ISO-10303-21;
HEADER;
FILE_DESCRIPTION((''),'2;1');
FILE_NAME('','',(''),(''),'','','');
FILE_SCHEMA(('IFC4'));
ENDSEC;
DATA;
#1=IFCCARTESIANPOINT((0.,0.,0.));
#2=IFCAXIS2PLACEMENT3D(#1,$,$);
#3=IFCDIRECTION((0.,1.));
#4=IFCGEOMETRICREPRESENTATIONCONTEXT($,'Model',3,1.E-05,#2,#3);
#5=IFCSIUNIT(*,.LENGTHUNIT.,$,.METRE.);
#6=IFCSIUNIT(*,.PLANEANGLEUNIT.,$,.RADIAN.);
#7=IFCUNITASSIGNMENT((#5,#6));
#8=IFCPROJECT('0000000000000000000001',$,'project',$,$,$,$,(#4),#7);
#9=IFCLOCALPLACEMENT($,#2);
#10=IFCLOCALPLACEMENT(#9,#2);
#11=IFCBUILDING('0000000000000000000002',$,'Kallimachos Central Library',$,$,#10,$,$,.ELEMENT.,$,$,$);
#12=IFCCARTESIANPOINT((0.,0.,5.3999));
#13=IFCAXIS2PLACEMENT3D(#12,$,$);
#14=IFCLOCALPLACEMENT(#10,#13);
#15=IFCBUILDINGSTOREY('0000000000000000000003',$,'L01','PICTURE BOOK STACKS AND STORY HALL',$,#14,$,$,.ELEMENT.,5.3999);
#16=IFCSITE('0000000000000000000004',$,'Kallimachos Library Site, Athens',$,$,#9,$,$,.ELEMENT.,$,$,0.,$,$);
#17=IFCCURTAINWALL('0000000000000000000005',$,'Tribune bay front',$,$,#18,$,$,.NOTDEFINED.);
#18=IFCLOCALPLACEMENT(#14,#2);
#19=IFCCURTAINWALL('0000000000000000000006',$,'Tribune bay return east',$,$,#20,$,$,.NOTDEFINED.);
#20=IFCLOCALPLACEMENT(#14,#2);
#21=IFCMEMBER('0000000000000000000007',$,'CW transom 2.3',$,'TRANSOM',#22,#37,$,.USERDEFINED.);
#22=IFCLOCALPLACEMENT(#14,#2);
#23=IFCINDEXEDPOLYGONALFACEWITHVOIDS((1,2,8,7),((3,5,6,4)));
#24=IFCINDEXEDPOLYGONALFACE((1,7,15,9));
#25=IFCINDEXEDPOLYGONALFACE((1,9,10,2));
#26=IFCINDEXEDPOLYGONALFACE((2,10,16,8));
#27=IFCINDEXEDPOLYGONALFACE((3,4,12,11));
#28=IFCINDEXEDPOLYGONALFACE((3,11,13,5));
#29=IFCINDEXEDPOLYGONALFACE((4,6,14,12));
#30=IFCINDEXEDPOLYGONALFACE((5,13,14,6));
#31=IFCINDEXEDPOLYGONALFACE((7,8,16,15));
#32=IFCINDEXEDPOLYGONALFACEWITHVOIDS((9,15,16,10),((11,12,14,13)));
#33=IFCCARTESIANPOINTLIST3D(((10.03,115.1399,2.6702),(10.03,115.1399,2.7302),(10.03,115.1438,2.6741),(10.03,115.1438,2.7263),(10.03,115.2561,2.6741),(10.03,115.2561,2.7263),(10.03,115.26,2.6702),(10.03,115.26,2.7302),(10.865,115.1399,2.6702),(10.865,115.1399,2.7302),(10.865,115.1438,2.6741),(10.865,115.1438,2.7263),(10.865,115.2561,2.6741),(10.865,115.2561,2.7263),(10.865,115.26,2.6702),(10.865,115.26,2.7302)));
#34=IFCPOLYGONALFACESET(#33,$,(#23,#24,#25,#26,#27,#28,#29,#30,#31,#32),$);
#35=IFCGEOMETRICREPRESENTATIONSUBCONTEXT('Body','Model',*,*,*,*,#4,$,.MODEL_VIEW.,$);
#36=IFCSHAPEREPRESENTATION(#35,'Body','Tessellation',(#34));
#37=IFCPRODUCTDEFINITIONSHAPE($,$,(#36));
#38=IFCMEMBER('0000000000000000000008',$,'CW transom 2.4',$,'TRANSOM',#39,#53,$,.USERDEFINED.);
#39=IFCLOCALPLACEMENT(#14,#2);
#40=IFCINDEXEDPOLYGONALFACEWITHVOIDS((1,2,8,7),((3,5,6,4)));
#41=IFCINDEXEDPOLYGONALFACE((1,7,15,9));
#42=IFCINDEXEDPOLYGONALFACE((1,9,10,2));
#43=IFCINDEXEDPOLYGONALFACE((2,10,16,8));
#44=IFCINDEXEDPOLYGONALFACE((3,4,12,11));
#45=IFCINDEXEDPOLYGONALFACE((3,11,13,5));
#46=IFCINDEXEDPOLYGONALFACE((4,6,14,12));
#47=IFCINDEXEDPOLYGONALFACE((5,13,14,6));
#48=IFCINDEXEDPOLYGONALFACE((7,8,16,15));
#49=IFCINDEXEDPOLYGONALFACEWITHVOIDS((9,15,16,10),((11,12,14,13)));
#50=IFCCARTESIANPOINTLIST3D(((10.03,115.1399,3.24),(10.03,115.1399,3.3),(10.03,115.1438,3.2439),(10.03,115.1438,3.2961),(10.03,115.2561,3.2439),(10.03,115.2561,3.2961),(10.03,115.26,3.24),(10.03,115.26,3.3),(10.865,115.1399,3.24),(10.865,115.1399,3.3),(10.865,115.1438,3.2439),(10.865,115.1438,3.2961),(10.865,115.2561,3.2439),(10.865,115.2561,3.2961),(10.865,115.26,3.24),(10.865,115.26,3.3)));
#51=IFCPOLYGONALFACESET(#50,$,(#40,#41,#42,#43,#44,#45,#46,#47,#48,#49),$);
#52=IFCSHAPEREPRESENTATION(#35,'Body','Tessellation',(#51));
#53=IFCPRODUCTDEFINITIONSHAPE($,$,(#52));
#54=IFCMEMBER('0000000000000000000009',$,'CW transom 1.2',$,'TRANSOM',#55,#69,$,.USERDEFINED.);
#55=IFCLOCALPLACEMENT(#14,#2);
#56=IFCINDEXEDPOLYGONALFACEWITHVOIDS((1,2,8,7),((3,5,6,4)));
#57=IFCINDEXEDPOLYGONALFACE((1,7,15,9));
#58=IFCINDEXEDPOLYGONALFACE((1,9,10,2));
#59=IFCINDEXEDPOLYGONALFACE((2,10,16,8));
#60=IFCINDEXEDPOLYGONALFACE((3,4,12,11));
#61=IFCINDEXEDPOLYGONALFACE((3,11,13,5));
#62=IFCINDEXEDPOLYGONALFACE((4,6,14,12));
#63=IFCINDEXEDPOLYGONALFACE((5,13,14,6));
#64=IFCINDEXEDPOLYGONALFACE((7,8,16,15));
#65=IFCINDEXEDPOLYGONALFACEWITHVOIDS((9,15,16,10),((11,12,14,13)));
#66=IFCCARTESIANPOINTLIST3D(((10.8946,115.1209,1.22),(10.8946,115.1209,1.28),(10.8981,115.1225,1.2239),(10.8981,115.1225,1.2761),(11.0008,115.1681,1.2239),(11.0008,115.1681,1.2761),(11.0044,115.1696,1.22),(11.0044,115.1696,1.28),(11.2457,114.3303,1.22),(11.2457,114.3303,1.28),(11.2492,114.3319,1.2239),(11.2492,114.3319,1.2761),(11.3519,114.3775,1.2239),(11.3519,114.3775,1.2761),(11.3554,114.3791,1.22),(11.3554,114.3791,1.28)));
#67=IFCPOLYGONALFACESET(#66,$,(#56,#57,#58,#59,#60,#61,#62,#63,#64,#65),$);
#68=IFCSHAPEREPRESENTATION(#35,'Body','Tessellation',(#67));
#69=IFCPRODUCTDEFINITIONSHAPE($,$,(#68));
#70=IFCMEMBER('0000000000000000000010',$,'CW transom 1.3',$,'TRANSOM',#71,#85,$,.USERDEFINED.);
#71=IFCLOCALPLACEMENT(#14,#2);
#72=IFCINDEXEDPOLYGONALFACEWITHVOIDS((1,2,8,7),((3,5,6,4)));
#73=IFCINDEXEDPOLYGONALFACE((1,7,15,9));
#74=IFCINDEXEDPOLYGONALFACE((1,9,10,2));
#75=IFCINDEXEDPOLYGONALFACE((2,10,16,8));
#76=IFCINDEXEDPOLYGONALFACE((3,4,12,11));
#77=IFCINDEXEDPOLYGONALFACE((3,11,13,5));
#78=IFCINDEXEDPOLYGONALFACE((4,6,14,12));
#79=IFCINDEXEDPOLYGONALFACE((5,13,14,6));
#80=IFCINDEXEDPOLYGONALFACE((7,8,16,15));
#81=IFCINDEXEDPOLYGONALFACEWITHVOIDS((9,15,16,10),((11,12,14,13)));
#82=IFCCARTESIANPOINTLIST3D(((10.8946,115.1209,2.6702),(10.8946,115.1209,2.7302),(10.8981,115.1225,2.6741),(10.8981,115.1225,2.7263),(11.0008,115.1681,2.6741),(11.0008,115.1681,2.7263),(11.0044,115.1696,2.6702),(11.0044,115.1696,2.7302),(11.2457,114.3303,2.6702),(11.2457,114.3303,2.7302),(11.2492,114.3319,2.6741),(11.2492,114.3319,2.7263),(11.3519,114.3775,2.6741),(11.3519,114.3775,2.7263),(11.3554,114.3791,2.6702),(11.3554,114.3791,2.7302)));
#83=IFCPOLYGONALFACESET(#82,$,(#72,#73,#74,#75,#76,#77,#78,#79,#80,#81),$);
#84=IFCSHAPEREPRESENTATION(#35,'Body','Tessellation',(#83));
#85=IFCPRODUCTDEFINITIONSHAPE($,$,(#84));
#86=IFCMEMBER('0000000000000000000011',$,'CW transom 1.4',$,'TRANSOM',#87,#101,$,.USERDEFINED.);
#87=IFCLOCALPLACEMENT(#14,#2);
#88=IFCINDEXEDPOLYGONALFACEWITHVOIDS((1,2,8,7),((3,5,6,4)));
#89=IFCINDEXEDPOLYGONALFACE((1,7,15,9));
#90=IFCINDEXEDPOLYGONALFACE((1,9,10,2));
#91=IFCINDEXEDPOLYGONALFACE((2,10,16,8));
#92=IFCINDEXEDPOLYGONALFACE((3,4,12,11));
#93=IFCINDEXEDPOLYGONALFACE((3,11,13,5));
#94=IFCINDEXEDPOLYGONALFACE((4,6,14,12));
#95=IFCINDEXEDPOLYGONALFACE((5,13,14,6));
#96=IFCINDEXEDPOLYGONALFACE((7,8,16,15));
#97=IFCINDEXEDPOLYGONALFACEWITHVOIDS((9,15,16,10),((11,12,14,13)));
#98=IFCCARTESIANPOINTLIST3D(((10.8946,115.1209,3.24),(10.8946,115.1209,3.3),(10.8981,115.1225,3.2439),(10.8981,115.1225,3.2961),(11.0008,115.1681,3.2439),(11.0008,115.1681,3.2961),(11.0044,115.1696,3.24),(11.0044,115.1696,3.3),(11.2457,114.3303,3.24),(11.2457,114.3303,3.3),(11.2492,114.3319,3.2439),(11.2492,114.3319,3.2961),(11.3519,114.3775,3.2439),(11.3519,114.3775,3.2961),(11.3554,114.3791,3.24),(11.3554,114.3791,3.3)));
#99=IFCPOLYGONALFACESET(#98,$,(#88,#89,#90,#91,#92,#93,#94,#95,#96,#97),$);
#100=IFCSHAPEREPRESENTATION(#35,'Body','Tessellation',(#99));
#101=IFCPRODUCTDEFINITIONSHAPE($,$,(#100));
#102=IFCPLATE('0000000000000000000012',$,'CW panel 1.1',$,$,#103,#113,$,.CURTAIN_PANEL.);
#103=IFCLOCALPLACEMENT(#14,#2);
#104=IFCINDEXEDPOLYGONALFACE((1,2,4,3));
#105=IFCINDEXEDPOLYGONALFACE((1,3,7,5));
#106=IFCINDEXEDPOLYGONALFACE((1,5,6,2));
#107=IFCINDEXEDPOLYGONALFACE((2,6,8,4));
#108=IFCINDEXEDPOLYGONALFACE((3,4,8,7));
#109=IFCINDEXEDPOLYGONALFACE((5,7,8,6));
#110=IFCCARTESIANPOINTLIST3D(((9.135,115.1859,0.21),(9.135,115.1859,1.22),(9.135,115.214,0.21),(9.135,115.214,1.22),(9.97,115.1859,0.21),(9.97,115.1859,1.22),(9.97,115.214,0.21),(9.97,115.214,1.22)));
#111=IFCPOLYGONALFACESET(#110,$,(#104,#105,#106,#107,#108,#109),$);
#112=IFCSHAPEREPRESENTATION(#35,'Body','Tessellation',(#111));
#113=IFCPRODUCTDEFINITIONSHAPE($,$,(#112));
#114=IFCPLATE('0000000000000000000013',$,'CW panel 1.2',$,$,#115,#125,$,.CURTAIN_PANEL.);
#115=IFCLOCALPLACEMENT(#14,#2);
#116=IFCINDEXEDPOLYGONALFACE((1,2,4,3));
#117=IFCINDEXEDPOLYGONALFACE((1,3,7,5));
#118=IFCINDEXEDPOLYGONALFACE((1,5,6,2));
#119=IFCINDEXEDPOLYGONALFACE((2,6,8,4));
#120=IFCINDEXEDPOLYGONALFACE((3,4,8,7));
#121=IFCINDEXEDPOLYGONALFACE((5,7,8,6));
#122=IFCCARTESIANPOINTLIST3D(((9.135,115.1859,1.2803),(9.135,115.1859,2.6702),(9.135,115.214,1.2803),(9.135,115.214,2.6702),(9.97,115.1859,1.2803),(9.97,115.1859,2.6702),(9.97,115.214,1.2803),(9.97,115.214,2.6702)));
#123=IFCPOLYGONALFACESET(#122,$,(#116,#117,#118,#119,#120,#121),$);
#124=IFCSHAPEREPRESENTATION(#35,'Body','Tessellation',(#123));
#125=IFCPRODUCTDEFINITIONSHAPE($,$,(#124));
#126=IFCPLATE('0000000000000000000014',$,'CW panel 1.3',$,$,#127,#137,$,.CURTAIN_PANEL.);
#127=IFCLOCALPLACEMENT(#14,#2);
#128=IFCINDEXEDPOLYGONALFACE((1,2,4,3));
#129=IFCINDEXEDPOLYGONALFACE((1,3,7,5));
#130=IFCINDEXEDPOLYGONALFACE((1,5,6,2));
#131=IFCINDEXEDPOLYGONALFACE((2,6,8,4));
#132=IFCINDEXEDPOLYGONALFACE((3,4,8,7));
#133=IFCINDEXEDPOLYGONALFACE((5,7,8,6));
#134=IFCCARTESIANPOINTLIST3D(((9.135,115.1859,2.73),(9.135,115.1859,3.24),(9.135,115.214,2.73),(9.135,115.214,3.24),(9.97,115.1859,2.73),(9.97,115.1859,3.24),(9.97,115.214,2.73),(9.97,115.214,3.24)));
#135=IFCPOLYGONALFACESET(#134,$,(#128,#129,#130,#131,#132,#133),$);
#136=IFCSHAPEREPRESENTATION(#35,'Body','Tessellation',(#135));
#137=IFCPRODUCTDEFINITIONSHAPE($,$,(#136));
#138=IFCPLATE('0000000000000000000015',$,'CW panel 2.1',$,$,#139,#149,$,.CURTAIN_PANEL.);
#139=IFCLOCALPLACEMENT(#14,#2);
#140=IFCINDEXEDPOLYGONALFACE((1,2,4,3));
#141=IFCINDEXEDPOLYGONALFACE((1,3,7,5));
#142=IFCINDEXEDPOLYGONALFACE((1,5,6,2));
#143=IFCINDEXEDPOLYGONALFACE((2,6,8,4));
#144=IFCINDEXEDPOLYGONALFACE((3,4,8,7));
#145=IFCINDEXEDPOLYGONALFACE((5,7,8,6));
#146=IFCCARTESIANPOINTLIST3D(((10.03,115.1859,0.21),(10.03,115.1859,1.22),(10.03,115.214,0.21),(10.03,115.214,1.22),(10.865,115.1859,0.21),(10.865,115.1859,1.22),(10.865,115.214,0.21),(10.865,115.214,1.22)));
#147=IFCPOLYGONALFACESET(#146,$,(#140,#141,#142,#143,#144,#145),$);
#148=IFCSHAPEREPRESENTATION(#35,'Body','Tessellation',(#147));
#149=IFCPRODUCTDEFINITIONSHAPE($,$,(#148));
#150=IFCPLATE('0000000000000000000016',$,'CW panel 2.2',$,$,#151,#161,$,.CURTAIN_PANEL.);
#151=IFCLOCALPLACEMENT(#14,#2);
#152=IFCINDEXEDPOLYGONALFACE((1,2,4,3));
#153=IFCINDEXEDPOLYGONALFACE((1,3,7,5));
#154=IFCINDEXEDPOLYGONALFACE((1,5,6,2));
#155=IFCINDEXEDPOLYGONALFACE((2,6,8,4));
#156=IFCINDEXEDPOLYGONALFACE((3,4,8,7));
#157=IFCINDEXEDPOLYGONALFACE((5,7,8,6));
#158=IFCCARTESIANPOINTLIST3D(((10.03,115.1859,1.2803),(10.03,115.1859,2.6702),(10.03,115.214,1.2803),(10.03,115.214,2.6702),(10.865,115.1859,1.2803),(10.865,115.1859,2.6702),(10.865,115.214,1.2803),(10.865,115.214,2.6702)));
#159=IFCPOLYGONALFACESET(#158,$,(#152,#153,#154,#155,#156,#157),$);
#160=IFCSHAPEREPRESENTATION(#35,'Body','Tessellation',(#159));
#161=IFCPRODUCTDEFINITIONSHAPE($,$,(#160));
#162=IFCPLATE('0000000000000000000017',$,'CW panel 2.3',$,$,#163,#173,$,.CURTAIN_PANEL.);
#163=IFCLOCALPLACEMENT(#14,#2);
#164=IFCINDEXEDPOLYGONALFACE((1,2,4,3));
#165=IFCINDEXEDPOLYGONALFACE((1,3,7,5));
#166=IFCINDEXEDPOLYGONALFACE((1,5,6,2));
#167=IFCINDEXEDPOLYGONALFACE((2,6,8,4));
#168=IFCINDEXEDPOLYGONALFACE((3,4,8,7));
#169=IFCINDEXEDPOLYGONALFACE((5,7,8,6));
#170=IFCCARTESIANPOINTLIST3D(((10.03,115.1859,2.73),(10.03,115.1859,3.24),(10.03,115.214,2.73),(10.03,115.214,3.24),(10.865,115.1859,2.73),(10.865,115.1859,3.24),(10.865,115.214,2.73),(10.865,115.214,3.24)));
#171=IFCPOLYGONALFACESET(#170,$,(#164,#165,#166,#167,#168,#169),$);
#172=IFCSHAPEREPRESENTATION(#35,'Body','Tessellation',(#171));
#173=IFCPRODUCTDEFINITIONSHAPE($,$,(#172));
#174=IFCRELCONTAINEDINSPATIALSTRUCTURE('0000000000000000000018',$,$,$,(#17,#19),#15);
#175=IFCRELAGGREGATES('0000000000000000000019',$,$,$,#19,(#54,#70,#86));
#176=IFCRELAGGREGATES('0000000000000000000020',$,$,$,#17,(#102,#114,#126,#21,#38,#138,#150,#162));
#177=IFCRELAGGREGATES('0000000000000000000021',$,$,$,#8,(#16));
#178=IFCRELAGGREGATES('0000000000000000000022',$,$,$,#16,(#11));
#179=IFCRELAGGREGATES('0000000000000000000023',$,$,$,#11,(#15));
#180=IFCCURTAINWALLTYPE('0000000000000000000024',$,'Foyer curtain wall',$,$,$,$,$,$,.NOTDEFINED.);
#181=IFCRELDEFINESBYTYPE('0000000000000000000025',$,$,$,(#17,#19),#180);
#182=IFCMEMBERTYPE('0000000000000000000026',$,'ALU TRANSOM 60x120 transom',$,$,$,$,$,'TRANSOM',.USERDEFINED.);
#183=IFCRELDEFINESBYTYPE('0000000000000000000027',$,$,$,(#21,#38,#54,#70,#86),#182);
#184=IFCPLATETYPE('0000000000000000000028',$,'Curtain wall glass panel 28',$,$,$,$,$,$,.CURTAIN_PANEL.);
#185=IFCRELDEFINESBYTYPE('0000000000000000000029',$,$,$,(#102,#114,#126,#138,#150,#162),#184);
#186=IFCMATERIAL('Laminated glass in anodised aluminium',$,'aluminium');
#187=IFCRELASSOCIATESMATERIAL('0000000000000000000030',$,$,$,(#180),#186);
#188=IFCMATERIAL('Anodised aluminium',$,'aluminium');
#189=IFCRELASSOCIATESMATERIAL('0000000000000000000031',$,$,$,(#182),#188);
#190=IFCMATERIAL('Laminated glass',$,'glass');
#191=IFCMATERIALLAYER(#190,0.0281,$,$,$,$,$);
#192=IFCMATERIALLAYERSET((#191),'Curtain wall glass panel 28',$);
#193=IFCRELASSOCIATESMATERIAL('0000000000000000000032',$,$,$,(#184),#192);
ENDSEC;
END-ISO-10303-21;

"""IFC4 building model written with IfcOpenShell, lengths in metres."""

from ifc_helpers import new_model, si_unit, direction, frame, origin, origin_2d, place, context, subcontext, project, spatial, rectangle, hollow_rectangle, extrude, material, layer, layer_set, material_profile, profile_set, type_object, element, aggregate, save


model = new_model("IFC4")

# Units and contexts
model_context = context("Model", 3, precision=1e-05, world=origin(), true_north=direction((0.0, 1.0)))
body_context = subcontext(model_context, "Body", "Model", "MODEL_VIEW")
ifc_project = project(units=[si_unit("LENGTHUNIT", "METRE"), si_unit("PLANEANGLEUNIT", "RADIAN")], contexts=[model_context])

# Site, building, storey
site_placement = place(None, origin())
site = spatial("IfcSite", under=ifc_project, at=site_placement, Name="Kallimachos Library Site, Athens", CompositionType="ELEMENT", RefElevation=0.0)
building_placement = place(site_placement, origin())
building = spatial("IfcBuilding", under=site, at=building_placement, Name="Kallimachos Central Library", CompositionType="ELEMENT")
storey_placement = place(building_placement, frame((0.0, 0.0, 5.3999)))
storey = spatial("IfcBuildingStorey", under=building, at=storey_placement, Name="L01", Description="PICTURE BOOK STACKS AND STORY HALL", CompositionType="ELEMENT", Elevation=5.3999)

# Shared definitions
ifc_material_1 = material(Name="Laminated glass in anodised aluminium", Category="aluminium")
curtain_wall_type = type_object("IfcCurtainWallType", Name="Foyer curtain wall", PredefinedType="NOTDEFINED", material=ifc_material_1)

# Curtain wall
curtain_wall_1_placement = place(storey_placement, origin())
curtain_wall_1 = element("IfcCurtainWall", 1, at=curtain_wall_1_placement, inside=storey, type_object=curtain_wall_type, Name="Tribune bay front", PredefinedType="NOTDEFINED")

# Curtain wall
curtain_wall_2_placement = place(storey_placement, origin())
curtain_wall_2 = element("IfcCurtainWall", 2, at=curtain_wall_2_placement, inside=storey, type_object=curtain_wall_type, Name="Tribune bay return east", PredefinedType="NOTDEFINED")

# Members
ifc_material_2 = material(Name="Anodised aluminium", Category="aluminium")
ifc_material_profile_1 = material_profile(ifc_material_2, hollow_rectangle(XDim=0.0601, YDim=0.1201, WallThickness=0.0039, at=origin_2d()), Name="ALU TRANSOM 60x120")
ifc_profile_set_1 = profile_set([ifc_material_profile_1], Name="Anodised aluminium")
member_type_1 = type_object("IfcMemberType", Name="ALU TRANSOM 60x120 transom", ElementType="TRANSOM", PredefinedType="USERDEFINED", material=ifc_profile_set_1)
member_1_placement = place(storey_placement, frame((10.03, 115.2, 2.7002), z_axis=(1.0, 0.0, 0.0), x_axis=(0.0, 0.0, 1.0)))
member_1 = element("IfcMember", 3, at=member_1_placement, type_object=member_type_1, Name="CW transom 2.3", ObjectType="TRANSOM", PredefinedType="USERDEFINED", context=body_context, shape_type="SweptSolid", body=[
    extrude(hollow_rectangle(XDim=0.0601, YDim=0.1201, WallThickness=0.0039, at=origin_2d()), origin(), (0.0, 0.0, 1.0), 0.835),
])
member_2_placement = place(storey_placement, frame((10.03, 115.2, 3.27), z_axis=(1.0, 0.0, 0.0), x_axis=(0.0, 0.0, 1.0)))
member_2 = element("IfcMember", 4, at=member_2_placement, type_object=member_type_1, Name="CW transom 2.4", ObjectType="TRANSOM", PredefinedType="USERDEFINED", context=body_context, shape_type="SweptSolid", body=[
    extrude(hollow_rectangle(XDim=0.0601, YDim=0.1201, WallThickness=0.0039, at=origin_2d()), origin(), (0.0, 0.0, 1.0), 0.835),
])
member_3_placement = place(storey_placement, frame((10.9495, 115.1453, 1.25), z_axis=(0.405877, -0.913928, 0.0), x_axis=(0.0, 0.0, 1.0)))
member_3 = element("IfcMember", 5, at=member_3_placement, type_object=member_type_1, Name="CW transom 1.2", ObjectType="TRANSOM", PredefinedType="USERDEFINED", context=body_context, shape_type="SweptSolid", body=[
    extrude(hollow_rectangle(XDim=0.0601, YDim=0.1201, WallThickness=0.0039, at=origin_2d()), origin(), (0.0, 0.0, 1.0), 0.865),
])
member_4_placement = place(storey_placement, frame((10.9495, 115.1453, 2.7002), z_axis=(0.405877, -0.913928, 0.0), x_axis=(0.0, 0.0, 1.0)))
member_4 = element("IfcMember", 6, at=member_4_placement, type_object=member_type_1, Name="CW transom 1.3", ObjectType="TRANSOM", PredefinedType="USERDEFINED", context=body_context, shape_type="SweptSolid", body=[
    extrude(hollow_rectangle(XDim=0.0601, YDim=0.1201, WallThickness=0.0039, at=origin_2d()), origin(), (0.0, 0.0, 1.0), 0.865),
])
member_5_placement = place(storey_placement, frame((10.9495, 115.1453, 3.27), z_axis=(0.405877, -0.913928, 0.0), x_axis=(0.0, 0.0, 1.0)))
member_5 = element("IfcMember", 7, at=member_5_placement, type_object=member_type_1, Name="CW transom 1.4", ObjectType="TRANSOM", PredefinedType="USERDEFINED", context=body_context, shape_type="SweptSolid", body=[
    extrude(hollow_rectangle(XDim=0.0601, YDim=0.1201, WallThickness=0.0039, at=origin_2d()), origin(), (0.0, 0.0, 1.0), 0.865),
])
aggregate(curtain_wall_2, [member_3, member_4, member_5])

# Plates
ifc_material_3 = material(Name="Laminated glass", Category="glass")
ifc_layer = layer(ifc_material_3, 0.0281)
ifc_layer_set = layer_set([ifc_layer], Name="Curtain wall glass panel 28")
plate_type = type_object("IfcPlateType", Name="Curtain wall glass panel 28", PredefinedType="CURTAIN_PANEL", material=ifc_layer_set)
plate_1_placement = place(storey_placement, frame((9.5525, 115.2, 0.21), z_axis=(0.0, 0.0, 1.0), x_axis=(1.0, 0.0, 0.0)))
plate_1 = element("IfcPlate", 8, at=plate_1_placement, type_object=plate_type, Name="CW panel 1.1", PredefinedType="CURTAIN_PANEL", context=body_context, shape_type="SweptSolid", body=[
    extrude(rectangle(XDim=0.835, YDim=0.0281, at=origin_2d()), origin(), (0.0, 0.0, 1.0), 1.01),
])
plate_2_placement = place(storey_placement, frame((9.5525, 115.2, 1.2803), z_axis=(0.0, 0.0, 1.0), x_axis=(1.0, 0.0, 0.0)))
plate_2 = element("IfcPlate", 9, at=plate_2_placement, type_object=plate_type, Name="CW panel 1.2", PredefinedType="CURTAIN_PANEL", context=body_context, shape_type="SweptSolid", body=[
    extrude(rectangle(XDim=0.835, YDim=0.0281, at=origin_2d()), origin(), (0.0, 0.0, 1.0), 1.3899),
])
plate_3_placement = place(storey_placement, frame((9.5525, 115.2, 2.73), z_axis=(0.0, 0.0, 1.0), x_axis=(1.0, 0.0, 0.0)))
plate_3 = element("IfcPlate", 10, at=plate_3_placement, type_object=plate_type, Name="CW panel 1.3", PredefinedType="CURTAIN_PANEL", context=body_context, shape_type="SweptSolid", body=[
    extrude(rectangle(XDim=0.835, YDim=0.0281, at=origin_2d()), origin(), (0.0, 0.0, 1.0), 0.51),
])
plate_4_placement = place(storey_placement, frame((10.4475, 115.2, 0.21), z_axis=(0.0, 0.0, 1.0), x_axis=(1.0, 0.0, 0.0)))
plate_4 = element("IfcPlate", 11, at=plate_4_placement, type_object=plate_type, Name="CW panel 2.1", PredefinedType="CURTAIN_PANEL", context=body_context, shape_type="SweptSolid", body=[
    extrude(rectangle(XDim=0.835, YDim=0.0281, at=origin_2d()), origin(), (0.0, 0.0, 1.0), 1.01),
])
plate_5_placement = place(storey_placement, frame((10.4475, 115.2, 1.2803), z_axis=(0.0, 0.0, 1.0), x_axis=(1.0, 0.0, 0.0)))
plate_5 = element("IfcPlate", 12, at=plate_5_placement, type_object=plate_type, Name="CW panel 2.2", PredefinedType="CURTAIN_PANEL", context=body_context, shape_type="SweptSolid", body=[
    extrude(rectangle(XDim=0.835, YDim=0.0281, at=origin_2d()), origin(), (0.0, 0.0, 1.0), 1.3899),
])
plate_6_placement = place(storey_placement, frame((10.4475, 115.2, 2.73), z_axis=(0.0, 0.0, 1.0), x_axis=(1.0, 0.0, 0.0)))
plate_6 = element("IfcPlate", 13, at=plate_6_placement, type_object=plate_type, Name="CW panel 2.3", PredefinedType="CURTAIN_PANEL", context=body_context, shape_type="SweptSolid", body=[
    extrude(rectangle(XDim=0.835, YDim=0.0281, at=origin_2d()), origin(), (0.0, 0.0, 1.0), 0.51),
])
aggregate(curtain_wall_1, [plate_1, plate_2, plate_3, member_1, member_2, plate_4, plate_5, plate_6])

save(model, "model.ifc")
